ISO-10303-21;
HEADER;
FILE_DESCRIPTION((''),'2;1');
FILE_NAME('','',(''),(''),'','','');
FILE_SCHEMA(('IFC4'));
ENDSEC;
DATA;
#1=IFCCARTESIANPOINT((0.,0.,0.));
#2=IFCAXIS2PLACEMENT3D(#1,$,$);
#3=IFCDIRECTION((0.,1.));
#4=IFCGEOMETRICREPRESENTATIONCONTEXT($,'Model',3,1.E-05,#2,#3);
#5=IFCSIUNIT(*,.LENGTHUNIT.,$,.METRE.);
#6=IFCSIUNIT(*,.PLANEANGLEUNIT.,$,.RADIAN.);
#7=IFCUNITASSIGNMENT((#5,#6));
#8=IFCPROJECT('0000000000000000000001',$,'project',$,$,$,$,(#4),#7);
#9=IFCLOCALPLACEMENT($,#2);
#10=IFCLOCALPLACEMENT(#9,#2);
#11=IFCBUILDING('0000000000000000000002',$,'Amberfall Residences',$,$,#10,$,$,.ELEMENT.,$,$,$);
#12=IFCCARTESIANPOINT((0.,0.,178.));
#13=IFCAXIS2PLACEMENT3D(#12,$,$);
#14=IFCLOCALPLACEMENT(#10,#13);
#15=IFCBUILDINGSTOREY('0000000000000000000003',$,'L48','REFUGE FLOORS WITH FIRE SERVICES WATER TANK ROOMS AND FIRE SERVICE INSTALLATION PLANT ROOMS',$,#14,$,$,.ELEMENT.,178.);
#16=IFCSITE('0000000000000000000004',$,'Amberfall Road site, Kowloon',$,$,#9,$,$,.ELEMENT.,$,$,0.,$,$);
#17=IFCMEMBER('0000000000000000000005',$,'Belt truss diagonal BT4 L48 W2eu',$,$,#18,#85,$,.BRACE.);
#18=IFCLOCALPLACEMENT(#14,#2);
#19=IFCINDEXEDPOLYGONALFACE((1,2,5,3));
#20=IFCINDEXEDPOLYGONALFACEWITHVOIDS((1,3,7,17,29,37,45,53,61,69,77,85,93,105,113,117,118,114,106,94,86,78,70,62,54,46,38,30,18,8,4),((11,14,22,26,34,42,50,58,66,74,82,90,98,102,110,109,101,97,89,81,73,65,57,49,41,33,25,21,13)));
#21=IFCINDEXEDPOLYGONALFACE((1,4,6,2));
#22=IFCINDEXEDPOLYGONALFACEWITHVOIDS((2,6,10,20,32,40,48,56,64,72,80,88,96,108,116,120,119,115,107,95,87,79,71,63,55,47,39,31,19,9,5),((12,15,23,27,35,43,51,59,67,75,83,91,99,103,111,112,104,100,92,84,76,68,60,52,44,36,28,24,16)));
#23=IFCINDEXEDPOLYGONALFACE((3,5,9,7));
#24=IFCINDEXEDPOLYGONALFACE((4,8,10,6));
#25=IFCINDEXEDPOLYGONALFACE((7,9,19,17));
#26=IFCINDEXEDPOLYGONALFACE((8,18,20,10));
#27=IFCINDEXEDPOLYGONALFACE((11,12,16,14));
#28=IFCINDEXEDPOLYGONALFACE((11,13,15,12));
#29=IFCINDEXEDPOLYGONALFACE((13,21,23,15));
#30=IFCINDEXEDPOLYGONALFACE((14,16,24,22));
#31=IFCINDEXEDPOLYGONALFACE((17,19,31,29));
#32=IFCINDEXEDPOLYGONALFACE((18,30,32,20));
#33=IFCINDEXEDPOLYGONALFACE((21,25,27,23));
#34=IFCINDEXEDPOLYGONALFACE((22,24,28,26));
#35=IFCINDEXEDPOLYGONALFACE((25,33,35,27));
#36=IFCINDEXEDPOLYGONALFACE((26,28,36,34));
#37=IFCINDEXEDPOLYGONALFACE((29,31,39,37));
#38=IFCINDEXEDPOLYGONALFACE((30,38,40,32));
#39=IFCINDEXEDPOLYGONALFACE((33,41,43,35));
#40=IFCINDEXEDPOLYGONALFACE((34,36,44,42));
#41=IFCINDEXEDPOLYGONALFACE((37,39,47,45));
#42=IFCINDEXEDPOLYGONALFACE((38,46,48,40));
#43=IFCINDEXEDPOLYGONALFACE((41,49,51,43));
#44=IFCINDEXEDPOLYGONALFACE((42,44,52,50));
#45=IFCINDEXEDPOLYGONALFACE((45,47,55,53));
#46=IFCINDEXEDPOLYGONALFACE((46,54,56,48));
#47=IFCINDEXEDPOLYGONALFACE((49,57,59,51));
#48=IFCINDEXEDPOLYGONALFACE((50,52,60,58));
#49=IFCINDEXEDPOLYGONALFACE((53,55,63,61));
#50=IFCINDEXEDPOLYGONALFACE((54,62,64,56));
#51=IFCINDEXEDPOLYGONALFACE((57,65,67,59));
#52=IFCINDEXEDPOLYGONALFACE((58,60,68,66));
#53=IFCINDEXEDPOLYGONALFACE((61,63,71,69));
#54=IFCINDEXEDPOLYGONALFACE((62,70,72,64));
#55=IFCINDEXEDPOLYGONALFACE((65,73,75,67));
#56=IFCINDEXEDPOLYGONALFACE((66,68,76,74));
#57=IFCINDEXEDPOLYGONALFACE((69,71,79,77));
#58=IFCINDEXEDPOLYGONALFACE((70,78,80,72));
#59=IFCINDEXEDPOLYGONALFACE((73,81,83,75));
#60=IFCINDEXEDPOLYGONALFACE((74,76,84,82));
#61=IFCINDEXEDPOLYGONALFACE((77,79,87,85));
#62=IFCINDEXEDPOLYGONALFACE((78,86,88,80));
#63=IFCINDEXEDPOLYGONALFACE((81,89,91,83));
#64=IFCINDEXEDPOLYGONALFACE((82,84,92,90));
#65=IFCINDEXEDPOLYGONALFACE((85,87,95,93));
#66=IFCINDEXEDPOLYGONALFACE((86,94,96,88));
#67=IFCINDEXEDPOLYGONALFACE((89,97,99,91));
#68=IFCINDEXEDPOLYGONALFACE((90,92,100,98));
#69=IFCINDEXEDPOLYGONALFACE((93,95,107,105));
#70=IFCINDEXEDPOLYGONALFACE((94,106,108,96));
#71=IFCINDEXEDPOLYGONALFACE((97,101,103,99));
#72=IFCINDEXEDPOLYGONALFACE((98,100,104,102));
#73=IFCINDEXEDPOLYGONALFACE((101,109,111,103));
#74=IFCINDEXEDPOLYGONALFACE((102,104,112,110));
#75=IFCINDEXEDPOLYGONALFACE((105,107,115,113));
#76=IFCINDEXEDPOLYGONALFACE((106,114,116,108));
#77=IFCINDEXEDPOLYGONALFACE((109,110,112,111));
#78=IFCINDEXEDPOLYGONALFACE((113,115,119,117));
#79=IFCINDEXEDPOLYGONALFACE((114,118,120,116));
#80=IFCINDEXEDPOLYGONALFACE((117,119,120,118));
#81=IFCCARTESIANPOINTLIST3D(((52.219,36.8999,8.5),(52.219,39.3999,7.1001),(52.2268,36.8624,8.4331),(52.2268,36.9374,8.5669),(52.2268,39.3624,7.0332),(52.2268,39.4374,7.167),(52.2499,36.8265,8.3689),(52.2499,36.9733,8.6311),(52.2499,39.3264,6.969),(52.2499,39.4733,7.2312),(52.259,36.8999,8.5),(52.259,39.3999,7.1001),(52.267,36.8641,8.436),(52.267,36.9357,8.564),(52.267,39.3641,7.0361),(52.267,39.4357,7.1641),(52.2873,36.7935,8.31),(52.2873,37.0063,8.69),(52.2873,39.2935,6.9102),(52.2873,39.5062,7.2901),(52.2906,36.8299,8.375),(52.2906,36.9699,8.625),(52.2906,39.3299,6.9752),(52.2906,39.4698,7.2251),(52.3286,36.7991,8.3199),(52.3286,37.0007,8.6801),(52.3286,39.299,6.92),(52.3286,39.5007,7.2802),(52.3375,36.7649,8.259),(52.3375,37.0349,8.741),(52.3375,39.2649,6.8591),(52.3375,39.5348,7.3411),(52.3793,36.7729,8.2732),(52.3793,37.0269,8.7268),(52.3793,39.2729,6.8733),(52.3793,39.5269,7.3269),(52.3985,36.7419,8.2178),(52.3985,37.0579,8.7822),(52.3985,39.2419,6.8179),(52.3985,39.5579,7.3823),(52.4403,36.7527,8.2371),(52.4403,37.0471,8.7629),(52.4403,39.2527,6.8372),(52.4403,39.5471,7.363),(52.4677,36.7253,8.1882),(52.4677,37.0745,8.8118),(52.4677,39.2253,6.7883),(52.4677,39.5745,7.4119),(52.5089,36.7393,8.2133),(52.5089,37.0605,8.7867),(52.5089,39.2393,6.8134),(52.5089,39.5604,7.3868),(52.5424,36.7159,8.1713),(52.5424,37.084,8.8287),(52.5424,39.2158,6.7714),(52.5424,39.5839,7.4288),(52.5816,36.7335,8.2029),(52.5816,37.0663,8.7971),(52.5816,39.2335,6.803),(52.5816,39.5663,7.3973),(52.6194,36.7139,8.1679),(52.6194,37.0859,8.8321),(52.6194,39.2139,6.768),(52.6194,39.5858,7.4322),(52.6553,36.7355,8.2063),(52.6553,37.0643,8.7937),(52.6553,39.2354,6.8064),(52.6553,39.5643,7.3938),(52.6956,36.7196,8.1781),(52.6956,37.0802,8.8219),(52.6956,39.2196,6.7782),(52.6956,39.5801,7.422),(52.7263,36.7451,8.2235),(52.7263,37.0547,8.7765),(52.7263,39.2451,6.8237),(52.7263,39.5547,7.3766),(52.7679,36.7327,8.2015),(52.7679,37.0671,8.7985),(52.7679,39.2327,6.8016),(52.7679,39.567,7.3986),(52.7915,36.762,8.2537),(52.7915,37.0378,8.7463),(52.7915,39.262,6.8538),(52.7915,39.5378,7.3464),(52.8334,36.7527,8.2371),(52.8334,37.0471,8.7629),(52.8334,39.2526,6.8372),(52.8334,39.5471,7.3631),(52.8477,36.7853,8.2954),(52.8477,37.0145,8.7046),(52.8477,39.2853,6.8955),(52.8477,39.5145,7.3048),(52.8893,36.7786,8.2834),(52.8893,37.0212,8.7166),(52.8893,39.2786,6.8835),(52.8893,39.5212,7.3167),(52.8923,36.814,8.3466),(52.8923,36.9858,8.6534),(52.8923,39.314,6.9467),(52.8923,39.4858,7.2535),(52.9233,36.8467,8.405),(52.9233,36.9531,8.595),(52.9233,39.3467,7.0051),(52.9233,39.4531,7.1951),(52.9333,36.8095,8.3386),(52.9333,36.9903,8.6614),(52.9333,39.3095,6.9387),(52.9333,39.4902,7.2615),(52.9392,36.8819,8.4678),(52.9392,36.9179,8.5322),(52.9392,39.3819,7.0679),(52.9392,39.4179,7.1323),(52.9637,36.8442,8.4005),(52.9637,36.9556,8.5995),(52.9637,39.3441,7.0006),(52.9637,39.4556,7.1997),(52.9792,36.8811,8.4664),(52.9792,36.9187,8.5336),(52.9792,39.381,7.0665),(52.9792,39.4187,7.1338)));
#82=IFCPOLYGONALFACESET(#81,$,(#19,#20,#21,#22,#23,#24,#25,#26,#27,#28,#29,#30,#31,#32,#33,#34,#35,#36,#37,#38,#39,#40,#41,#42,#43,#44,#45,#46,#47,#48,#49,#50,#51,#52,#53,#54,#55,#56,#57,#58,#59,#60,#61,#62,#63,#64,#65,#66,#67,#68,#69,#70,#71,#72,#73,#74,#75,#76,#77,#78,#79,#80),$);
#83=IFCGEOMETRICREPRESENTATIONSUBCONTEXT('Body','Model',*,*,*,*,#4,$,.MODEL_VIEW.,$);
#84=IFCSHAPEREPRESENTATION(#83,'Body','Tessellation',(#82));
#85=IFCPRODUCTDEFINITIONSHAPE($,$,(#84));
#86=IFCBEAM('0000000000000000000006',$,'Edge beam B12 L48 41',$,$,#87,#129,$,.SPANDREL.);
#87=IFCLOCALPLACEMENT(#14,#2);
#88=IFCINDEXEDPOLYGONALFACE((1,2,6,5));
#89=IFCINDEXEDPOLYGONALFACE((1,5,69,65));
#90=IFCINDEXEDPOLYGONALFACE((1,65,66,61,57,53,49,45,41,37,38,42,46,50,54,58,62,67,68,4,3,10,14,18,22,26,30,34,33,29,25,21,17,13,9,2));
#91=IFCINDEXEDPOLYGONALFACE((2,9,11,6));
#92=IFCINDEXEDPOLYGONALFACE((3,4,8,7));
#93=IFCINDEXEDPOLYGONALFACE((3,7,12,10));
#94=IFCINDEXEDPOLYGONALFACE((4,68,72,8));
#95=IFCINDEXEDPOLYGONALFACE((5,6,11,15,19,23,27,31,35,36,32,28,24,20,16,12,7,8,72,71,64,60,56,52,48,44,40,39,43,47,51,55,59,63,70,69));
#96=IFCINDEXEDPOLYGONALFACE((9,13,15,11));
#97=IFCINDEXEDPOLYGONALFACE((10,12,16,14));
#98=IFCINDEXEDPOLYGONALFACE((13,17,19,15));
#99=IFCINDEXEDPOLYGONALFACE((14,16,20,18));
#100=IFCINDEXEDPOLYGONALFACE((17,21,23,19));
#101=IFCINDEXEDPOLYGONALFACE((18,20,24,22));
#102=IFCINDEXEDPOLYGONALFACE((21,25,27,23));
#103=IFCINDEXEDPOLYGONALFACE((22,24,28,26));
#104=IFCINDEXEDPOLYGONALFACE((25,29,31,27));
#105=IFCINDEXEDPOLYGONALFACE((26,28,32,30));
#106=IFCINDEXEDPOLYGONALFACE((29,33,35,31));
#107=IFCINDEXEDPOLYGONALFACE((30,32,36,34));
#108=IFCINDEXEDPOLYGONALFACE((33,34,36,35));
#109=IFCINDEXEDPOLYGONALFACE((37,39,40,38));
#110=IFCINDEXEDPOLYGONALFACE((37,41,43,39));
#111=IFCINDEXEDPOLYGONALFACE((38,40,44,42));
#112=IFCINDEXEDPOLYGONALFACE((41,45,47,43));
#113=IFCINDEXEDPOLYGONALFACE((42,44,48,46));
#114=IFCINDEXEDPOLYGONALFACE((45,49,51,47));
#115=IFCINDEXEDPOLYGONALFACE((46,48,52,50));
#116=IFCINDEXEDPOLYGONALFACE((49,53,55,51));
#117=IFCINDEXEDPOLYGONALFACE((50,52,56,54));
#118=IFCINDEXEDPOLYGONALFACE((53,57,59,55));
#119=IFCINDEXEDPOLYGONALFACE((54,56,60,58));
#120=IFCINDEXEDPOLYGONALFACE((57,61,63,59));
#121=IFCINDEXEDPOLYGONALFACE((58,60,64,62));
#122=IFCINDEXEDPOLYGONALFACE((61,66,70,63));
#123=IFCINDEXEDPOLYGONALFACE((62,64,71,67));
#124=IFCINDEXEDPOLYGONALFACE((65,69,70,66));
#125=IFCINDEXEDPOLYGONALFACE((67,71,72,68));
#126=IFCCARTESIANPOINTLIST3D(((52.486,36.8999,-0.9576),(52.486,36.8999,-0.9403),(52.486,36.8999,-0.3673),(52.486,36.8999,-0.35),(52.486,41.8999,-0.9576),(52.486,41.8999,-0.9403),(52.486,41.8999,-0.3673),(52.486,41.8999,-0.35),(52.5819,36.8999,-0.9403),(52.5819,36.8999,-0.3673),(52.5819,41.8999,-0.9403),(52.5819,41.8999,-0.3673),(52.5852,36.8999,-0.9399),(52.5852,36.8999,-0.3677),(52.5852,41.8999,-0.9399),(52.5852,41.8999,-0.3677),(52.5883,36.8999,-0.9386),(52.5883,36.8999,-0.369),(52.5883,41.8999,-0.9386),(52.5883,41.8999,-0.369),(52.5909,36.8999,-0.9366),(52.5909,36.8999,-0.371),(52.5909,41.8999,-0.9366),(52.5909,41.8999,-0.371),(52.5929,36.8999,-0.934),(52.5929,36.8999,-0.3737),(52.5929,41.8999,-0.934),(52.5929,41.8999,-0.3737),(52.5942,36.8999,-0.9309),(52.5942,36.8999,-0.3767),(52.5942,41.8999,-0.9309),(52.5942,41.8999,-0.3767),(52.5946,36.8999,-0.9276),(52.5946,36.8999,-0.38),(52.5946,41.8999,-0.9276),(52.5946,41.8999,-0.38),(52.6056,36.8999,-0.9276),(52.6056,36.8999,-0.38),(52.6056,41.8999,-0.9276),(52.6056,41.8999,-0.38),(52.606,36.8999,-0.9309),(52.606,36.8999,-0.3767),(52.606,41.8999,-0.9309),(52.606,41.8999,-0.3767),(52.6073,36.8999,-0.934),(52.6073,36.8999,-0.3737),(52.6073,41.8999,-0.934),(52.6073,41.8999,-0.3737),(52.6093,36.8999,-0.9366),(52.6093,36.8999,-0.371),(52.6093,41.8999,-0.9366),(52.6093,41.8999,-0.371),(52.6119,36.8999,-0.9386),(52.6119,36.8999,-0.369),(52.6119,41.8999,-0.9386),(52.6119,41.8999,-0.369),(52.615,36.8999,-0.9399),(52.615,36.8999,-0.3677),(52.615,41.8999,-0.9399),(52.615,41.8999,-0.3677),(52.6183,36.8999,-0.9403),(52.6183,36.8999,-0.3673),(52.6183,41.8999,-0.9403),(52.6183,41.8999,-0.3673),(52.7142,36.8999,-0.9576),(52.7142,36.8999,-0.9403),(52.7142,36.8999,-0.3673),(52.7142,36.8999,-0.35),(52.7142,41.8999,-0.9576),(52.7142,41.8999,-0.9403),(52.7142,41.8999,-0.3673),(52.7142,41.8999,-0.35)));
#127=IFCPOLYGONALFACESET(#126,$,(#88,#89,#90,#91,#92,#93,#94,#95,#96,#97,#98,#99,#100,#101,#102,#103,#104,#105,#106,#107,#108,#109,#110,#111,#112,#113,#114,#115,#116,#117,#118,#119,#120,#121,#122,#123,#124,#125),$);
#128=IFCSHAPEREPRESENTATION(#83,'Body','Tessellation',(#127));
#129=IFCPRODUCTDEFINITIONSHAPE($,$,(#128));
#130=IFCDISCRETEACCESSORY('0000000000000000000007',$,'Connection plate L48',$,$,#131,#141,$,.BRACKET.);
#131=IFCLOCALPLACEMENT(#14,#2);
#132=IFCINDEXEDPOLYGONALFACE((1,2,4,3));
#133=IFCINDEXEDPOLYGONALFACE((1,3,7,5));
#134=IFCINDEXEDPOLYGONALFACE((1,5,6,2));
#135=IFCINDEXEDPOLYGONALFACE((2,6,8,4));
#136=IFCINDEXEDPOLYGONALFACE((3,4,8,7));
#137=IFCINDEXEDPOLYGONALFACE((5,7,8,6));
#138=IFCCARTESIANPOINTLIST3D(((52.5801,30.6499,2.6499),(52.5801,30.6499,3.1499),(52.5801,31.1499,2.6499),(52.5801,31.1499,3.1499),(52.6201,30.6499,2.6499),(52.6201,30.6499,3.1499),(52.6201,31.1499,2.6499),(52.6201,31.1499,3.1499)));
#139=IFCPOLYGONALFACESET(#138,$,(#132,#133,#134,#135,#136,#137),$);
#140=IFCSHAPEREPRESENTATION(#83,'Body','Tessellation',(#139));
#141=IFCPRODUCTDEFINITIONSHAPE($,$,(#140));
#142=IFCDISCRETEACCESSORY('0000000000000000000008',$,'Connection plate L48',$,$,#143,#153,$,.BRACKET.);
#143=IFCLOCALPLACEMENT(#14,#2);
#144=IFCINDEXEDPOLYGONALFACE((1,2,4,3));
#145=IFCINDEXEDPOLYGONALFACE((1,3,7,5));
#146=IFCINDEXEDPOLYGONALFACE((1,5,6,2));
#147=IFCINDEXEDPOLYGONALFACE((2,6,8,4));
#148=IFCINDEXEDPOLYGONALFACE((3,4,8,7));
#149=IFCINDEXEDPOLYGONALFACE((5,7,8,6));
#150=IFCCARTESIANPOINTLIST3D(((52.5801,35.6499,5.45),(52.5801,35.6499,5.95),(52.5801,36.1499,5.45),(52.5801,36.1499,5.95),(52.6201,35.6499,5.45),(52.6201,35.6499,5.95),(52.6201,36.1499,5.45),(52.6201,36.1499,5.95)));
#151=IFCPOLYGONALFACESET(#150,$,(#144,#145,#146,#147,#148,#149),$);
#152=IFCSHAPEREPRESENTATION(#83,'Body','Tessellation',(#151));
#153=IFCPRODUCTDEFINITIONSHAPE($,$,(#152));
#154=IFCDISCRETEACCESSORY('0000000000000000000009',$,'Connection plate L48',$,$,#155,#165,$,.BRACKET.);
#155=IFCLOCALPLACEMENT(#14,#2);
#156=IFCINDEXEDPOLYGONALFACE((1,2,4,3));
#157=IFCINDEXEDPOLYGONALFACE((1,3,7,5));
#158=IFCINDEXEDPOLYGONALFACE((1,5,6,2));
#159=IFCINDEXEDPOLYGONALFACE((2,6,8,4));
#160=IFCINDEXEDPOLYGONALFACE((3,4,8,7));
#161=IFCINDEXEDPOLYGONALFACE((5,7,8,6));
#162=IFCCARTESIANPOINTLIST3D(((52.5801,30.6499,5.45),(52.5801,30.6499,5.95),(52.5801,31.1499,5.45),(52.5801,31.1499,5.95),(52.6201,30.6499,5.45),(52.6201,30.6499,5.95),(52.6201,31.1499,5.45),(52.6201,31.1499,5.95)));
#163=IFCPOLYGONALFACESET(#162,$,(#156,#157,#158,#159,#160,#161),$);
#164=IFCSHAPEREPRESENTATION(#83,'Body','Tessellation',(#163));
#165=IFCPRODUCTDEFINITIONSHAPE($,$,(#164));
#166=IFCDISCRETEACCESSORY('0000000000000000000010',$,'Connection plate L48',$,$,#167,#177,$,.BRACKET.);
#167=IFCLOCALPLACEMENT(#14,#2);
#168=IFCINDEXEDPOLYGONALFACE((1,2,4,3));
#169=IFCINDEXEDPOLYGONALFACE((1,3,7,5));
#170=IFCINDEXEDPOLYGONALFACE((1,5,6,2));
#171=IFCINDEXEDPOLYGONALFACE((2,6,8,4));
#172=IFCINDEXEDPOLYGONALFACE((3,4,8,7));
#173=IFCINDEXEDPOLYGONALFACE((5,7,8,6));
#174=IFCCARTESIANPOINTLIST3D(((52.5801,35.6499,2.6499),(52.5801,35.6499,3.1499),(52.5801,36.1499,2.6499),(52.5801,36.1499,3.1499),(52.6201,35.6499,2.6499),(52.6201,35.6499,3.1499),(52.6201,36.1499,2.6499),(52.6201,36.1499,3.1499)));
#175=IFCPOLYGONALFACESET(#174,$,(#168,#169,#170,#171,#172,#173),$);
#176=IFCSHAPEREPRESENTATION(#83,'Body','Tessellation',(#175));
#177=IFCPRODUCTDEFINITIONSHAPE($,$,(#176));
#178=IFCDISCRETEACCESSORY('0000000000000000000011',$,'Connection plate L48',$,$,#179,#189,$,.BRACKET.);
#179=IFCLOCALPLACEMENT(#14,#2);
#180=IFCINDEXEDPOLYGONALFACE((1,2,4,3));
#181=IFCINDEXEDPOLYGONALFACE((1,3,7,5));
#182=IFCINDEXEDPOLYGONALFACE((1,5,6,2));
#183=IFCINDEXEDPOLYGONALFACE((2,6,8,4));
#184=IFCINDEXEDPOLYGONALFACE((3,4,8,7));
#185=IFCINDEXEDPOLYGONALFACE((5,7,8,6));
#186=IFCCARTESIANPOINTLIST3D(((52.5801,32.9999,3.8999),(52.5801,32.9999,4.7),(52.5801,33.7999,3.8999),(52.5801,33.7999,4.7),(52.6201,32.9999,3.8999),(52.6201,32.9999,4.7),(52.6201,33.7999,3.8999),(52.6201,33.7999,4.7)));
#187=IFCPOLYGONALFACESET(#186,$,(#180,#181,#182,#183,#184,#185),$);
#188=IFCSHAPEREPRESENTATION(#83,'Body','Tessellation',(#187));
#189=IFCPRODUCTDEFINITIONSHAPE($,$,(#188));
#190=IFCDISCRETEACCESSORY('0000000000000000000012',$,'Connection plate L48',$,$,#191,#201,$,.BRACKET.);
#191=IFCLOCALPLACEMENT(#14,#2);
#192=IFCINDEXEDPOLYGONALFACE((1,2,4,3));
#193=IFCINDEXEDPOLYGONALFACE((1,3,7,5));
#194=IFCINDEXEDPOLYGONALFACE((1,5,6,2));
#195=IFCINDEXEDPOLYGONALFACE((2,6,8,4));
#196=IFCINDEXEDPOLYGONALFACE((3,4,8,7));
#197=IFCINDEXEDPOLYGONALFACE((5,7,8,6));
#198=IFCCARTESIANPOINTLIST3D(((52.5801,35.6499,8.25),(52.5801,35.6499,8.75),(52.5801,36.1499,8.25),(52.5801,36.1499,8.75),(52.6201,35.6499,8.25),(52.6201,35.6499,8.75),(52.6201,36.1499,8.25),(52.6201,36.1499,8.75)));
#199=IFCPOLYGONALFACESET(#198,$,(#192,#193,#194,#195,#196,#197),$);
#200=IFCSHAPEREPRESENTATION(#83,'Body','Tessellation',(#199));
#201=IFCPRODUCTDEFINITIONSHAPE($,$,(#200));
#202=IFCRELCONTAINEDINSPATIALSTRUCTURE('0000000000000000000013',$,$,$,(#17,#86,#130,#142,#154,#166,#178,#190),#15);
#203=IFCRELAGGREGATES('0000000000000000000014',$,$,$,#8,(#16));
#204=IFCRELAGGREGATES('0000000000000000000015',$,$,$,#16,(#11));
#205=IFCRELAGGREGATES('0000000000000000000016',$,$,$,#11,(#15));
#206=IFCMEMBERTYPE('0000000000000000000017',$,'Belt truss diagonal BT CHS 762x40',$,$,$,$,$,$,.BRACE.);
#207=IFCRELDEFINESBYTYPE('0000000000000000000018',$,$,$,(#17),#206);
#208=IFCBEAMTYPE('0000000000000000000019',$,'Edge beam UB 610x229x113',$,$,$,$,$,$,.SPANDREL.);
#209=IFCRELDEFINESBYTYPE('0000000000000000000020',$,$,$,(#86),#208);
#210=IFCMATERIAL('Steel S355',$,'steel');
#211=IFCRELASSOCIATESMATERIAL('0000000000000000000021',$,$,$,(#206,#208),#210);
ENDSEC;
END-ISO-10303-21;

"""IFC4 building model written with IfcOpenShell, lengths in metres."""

from ifc_helpers import new_model, si_unit, direction, frame, origin, origin_2d, place, context, subcontext, project, spatial, rectangle, hollow_circle, i_section, extrude, material, material_profile, profile_set, type_object, element, save


model = new_model("IFC4")

# Units and contexts
model_context = context("Model", 3, precision=1e-05, world=origin(), true_north=direction((0.0, 1.0)))
body_context = subcontext(model_context, "Body", "Model", "MODEL_VIEW")
ifc_project = project(units=[si_unit("LENGTHUNIT", "METRE"), si_unit("PLANEANGLEUNIT", "RADIAN")], contexts=[model_context])

# Site, building, storey
site_placement = place(None, origin())
site = spatial("IfcSite", under=ifc_project, at=site_placement, Name="Amberfall Road site, Kowloon", CompositionType="ELEMENT", RefElevation=0.0)
building_placement = place(site_placement, origin())
building = spatial("IfcBuilding", under=site, at=building_placement, Name="Amberfall Residences", CompositionType="ELEMENT")
storey_placement = place(building_placement, frame((0.0, 0.0, 178.0)))
storey = spatial("IfcBuildingStorey", under=building, at=storey_placement, Name="L48", Description="REFUGE FLOORS WITH FIRE SERVICES WATER TANK ROOMS AND FIRE SERVICE INSTALLATION PLANT ROOMS", CompositionType="ELEMENT", Elevation=178.0)

# Shared definitions
ifc_material_1 = material(Name="Steel S355", Category="steel")

# Member
ifc_material_profile_1 = material_profile(ifc_material_1, hollow_circle(Radius=0.3811, WallThickness=0.04, at=origin_2d()), Name="CHS 762x40")
ifc_profile_set_1 = profile_set([ifc_material_profile_1], Name="Steel S355")
member_type = type_object("IfcMemberType", Name="Belt truss diagonal BT CHS 762x40", PredefinedType="BRACE", material=ifc_profile_set_1)
member_1_placement = place(storey_placement, frame((52.6001, 36.8999, 8.5), z_axis=(0.0, 0.872521, -0.488577), x_axis=(-1.0, 0.0, 0.0)))
element("IfcMember", 1, at=member_1_placement, inside=storey, type_object=member_type, Name="Belt truss diagonal BT4 L48 W2eu", PredefinedType="BRACE", context=body_context, shape_type="SweptSolid", body=[
    extrude(hollow_circle(Radius=0.3811, WallThickness=0.04, at=origin_2d()), origin(), (0.0, 0.0, 1.0), 2.8652),
])

# Beam
ifc_material_profile_2 = material_profile(ifc_material_1, i_section(OverallWidth=0.2283, OverallDepth=0.6077, WebThickness=0.011, FlangeThickness=0.0173, FilletRadius=0.0127, at=origin_2d()), Name="UB 610x229x113")
ifc_profile_set_2 = profile_set([ifc_material_profile_2], Name="Steel S355")
beam_type_1 = type_object("IfcBeamType", Name="Edge beam UB 610x229x113", PredefinedType="SPANDREL", material=ifc_profile_set_2)
beam_placement = place(storey_placement, frame((52.6001, 36.8999, -0.6538), z_axis=(0.0, 1.0, 0.0), x_axis=(-1.0, 0.0, 0.0)))
element("IfcBeam", 2, at=beam_placement, inside=storey, type_object=beam_type_1, Name="Edge beam B12 L48 41", PredefinedType="SPANDREL", context=body_context, shape_type="SweptSolid", body=[
    extrude(i_section(OverallWidth=0.2283, OverallDepth=0.6077, WebThickness=0.011, FlangeThickness=0.0173, FilletRadius=0.0127, at=origin_2d()), origin(), (0.0, 0.0, 1.0), 5.0),
])

# Discrete accessories
for number, where, z_axis, x_axis, name in (
    (3, (52.6001, 30.8999, 2.6499), (0.0, 0.0, 1.0), (0.0, 1.0, 0.0), "Connection plate L48"),
    (4, (52.6001, 35.8999, 5.45), (0.0, 0.0, 1.0), (0.0, 1.0, 0.0), "Connection plate L48"),
    (5, (52.6001, 30.8999, 5.45), (0.0, 0.0, 1.0), (0.0, 1.0, 0.0), "Connection plate L48"),
    (6, (52.6001, 35.8999, 2.6499), (0.0, 0.0, 1.0), (0.0, 1.0, 0.0), "Connection plate L48"),
):
    element("IfcDiscreteAccessory", number, at=place(storey_placement, frame(where, z_axis=z_axis, x_axis=x_axis)), inside=storey, Name=name, PredefinedType="BRACKET", context=body_context, shape_type="SweptSolid", body=[
        extrude(rectangle(XDim=0.5, YDim=0.04, at=origin_2d()), origin(), (0.0, 0.0, 1.0), 0.5),
    ])
discrete_accessory_1_placement = place(storey_placement, frame((52.6001, 33.3999, 3.8999), z_axis=(0.0, 0.0, 1.0), x_axis=(0.0, 1.0, 0.0)))
element("IfcDiscreteAccessory", 7, at=discrete_accessory_1_placement, inside=storey, Name="Connection plate L48", PredefinedType="BRACKET", context=body_context, shape_type="SweptSolid", body=[
    extrude(rectangle(XDim=0.8, YDim=0.04, at=origin_2d()), origin(), (0.0, 0.0, 1.0), 0.8),
])
for number, where, z_axis, x_axis, name in (
    (8, (52.6001, 35.8999, 8.25), (0.0, 0.0, 1.0), (0.0, 1.0, 0.0), "Connection plate L48"),
):
    element("IfcDiscreteAccessory", number, at=place(storey_placement, frame(where, z_axis=z_axis, x_axis=x_axis)), inside=storey, Name=name, PredefinedType="BRACKET", context=body_context, shape_type="SweptSolid", body=[
        extrude(rectangle(XDim=0.5, YDim=0.04, at=origin_2d()), origin(), (0.0, 0.0, 1.0), 0.5),
    ])

save(model, "model.ifc")
